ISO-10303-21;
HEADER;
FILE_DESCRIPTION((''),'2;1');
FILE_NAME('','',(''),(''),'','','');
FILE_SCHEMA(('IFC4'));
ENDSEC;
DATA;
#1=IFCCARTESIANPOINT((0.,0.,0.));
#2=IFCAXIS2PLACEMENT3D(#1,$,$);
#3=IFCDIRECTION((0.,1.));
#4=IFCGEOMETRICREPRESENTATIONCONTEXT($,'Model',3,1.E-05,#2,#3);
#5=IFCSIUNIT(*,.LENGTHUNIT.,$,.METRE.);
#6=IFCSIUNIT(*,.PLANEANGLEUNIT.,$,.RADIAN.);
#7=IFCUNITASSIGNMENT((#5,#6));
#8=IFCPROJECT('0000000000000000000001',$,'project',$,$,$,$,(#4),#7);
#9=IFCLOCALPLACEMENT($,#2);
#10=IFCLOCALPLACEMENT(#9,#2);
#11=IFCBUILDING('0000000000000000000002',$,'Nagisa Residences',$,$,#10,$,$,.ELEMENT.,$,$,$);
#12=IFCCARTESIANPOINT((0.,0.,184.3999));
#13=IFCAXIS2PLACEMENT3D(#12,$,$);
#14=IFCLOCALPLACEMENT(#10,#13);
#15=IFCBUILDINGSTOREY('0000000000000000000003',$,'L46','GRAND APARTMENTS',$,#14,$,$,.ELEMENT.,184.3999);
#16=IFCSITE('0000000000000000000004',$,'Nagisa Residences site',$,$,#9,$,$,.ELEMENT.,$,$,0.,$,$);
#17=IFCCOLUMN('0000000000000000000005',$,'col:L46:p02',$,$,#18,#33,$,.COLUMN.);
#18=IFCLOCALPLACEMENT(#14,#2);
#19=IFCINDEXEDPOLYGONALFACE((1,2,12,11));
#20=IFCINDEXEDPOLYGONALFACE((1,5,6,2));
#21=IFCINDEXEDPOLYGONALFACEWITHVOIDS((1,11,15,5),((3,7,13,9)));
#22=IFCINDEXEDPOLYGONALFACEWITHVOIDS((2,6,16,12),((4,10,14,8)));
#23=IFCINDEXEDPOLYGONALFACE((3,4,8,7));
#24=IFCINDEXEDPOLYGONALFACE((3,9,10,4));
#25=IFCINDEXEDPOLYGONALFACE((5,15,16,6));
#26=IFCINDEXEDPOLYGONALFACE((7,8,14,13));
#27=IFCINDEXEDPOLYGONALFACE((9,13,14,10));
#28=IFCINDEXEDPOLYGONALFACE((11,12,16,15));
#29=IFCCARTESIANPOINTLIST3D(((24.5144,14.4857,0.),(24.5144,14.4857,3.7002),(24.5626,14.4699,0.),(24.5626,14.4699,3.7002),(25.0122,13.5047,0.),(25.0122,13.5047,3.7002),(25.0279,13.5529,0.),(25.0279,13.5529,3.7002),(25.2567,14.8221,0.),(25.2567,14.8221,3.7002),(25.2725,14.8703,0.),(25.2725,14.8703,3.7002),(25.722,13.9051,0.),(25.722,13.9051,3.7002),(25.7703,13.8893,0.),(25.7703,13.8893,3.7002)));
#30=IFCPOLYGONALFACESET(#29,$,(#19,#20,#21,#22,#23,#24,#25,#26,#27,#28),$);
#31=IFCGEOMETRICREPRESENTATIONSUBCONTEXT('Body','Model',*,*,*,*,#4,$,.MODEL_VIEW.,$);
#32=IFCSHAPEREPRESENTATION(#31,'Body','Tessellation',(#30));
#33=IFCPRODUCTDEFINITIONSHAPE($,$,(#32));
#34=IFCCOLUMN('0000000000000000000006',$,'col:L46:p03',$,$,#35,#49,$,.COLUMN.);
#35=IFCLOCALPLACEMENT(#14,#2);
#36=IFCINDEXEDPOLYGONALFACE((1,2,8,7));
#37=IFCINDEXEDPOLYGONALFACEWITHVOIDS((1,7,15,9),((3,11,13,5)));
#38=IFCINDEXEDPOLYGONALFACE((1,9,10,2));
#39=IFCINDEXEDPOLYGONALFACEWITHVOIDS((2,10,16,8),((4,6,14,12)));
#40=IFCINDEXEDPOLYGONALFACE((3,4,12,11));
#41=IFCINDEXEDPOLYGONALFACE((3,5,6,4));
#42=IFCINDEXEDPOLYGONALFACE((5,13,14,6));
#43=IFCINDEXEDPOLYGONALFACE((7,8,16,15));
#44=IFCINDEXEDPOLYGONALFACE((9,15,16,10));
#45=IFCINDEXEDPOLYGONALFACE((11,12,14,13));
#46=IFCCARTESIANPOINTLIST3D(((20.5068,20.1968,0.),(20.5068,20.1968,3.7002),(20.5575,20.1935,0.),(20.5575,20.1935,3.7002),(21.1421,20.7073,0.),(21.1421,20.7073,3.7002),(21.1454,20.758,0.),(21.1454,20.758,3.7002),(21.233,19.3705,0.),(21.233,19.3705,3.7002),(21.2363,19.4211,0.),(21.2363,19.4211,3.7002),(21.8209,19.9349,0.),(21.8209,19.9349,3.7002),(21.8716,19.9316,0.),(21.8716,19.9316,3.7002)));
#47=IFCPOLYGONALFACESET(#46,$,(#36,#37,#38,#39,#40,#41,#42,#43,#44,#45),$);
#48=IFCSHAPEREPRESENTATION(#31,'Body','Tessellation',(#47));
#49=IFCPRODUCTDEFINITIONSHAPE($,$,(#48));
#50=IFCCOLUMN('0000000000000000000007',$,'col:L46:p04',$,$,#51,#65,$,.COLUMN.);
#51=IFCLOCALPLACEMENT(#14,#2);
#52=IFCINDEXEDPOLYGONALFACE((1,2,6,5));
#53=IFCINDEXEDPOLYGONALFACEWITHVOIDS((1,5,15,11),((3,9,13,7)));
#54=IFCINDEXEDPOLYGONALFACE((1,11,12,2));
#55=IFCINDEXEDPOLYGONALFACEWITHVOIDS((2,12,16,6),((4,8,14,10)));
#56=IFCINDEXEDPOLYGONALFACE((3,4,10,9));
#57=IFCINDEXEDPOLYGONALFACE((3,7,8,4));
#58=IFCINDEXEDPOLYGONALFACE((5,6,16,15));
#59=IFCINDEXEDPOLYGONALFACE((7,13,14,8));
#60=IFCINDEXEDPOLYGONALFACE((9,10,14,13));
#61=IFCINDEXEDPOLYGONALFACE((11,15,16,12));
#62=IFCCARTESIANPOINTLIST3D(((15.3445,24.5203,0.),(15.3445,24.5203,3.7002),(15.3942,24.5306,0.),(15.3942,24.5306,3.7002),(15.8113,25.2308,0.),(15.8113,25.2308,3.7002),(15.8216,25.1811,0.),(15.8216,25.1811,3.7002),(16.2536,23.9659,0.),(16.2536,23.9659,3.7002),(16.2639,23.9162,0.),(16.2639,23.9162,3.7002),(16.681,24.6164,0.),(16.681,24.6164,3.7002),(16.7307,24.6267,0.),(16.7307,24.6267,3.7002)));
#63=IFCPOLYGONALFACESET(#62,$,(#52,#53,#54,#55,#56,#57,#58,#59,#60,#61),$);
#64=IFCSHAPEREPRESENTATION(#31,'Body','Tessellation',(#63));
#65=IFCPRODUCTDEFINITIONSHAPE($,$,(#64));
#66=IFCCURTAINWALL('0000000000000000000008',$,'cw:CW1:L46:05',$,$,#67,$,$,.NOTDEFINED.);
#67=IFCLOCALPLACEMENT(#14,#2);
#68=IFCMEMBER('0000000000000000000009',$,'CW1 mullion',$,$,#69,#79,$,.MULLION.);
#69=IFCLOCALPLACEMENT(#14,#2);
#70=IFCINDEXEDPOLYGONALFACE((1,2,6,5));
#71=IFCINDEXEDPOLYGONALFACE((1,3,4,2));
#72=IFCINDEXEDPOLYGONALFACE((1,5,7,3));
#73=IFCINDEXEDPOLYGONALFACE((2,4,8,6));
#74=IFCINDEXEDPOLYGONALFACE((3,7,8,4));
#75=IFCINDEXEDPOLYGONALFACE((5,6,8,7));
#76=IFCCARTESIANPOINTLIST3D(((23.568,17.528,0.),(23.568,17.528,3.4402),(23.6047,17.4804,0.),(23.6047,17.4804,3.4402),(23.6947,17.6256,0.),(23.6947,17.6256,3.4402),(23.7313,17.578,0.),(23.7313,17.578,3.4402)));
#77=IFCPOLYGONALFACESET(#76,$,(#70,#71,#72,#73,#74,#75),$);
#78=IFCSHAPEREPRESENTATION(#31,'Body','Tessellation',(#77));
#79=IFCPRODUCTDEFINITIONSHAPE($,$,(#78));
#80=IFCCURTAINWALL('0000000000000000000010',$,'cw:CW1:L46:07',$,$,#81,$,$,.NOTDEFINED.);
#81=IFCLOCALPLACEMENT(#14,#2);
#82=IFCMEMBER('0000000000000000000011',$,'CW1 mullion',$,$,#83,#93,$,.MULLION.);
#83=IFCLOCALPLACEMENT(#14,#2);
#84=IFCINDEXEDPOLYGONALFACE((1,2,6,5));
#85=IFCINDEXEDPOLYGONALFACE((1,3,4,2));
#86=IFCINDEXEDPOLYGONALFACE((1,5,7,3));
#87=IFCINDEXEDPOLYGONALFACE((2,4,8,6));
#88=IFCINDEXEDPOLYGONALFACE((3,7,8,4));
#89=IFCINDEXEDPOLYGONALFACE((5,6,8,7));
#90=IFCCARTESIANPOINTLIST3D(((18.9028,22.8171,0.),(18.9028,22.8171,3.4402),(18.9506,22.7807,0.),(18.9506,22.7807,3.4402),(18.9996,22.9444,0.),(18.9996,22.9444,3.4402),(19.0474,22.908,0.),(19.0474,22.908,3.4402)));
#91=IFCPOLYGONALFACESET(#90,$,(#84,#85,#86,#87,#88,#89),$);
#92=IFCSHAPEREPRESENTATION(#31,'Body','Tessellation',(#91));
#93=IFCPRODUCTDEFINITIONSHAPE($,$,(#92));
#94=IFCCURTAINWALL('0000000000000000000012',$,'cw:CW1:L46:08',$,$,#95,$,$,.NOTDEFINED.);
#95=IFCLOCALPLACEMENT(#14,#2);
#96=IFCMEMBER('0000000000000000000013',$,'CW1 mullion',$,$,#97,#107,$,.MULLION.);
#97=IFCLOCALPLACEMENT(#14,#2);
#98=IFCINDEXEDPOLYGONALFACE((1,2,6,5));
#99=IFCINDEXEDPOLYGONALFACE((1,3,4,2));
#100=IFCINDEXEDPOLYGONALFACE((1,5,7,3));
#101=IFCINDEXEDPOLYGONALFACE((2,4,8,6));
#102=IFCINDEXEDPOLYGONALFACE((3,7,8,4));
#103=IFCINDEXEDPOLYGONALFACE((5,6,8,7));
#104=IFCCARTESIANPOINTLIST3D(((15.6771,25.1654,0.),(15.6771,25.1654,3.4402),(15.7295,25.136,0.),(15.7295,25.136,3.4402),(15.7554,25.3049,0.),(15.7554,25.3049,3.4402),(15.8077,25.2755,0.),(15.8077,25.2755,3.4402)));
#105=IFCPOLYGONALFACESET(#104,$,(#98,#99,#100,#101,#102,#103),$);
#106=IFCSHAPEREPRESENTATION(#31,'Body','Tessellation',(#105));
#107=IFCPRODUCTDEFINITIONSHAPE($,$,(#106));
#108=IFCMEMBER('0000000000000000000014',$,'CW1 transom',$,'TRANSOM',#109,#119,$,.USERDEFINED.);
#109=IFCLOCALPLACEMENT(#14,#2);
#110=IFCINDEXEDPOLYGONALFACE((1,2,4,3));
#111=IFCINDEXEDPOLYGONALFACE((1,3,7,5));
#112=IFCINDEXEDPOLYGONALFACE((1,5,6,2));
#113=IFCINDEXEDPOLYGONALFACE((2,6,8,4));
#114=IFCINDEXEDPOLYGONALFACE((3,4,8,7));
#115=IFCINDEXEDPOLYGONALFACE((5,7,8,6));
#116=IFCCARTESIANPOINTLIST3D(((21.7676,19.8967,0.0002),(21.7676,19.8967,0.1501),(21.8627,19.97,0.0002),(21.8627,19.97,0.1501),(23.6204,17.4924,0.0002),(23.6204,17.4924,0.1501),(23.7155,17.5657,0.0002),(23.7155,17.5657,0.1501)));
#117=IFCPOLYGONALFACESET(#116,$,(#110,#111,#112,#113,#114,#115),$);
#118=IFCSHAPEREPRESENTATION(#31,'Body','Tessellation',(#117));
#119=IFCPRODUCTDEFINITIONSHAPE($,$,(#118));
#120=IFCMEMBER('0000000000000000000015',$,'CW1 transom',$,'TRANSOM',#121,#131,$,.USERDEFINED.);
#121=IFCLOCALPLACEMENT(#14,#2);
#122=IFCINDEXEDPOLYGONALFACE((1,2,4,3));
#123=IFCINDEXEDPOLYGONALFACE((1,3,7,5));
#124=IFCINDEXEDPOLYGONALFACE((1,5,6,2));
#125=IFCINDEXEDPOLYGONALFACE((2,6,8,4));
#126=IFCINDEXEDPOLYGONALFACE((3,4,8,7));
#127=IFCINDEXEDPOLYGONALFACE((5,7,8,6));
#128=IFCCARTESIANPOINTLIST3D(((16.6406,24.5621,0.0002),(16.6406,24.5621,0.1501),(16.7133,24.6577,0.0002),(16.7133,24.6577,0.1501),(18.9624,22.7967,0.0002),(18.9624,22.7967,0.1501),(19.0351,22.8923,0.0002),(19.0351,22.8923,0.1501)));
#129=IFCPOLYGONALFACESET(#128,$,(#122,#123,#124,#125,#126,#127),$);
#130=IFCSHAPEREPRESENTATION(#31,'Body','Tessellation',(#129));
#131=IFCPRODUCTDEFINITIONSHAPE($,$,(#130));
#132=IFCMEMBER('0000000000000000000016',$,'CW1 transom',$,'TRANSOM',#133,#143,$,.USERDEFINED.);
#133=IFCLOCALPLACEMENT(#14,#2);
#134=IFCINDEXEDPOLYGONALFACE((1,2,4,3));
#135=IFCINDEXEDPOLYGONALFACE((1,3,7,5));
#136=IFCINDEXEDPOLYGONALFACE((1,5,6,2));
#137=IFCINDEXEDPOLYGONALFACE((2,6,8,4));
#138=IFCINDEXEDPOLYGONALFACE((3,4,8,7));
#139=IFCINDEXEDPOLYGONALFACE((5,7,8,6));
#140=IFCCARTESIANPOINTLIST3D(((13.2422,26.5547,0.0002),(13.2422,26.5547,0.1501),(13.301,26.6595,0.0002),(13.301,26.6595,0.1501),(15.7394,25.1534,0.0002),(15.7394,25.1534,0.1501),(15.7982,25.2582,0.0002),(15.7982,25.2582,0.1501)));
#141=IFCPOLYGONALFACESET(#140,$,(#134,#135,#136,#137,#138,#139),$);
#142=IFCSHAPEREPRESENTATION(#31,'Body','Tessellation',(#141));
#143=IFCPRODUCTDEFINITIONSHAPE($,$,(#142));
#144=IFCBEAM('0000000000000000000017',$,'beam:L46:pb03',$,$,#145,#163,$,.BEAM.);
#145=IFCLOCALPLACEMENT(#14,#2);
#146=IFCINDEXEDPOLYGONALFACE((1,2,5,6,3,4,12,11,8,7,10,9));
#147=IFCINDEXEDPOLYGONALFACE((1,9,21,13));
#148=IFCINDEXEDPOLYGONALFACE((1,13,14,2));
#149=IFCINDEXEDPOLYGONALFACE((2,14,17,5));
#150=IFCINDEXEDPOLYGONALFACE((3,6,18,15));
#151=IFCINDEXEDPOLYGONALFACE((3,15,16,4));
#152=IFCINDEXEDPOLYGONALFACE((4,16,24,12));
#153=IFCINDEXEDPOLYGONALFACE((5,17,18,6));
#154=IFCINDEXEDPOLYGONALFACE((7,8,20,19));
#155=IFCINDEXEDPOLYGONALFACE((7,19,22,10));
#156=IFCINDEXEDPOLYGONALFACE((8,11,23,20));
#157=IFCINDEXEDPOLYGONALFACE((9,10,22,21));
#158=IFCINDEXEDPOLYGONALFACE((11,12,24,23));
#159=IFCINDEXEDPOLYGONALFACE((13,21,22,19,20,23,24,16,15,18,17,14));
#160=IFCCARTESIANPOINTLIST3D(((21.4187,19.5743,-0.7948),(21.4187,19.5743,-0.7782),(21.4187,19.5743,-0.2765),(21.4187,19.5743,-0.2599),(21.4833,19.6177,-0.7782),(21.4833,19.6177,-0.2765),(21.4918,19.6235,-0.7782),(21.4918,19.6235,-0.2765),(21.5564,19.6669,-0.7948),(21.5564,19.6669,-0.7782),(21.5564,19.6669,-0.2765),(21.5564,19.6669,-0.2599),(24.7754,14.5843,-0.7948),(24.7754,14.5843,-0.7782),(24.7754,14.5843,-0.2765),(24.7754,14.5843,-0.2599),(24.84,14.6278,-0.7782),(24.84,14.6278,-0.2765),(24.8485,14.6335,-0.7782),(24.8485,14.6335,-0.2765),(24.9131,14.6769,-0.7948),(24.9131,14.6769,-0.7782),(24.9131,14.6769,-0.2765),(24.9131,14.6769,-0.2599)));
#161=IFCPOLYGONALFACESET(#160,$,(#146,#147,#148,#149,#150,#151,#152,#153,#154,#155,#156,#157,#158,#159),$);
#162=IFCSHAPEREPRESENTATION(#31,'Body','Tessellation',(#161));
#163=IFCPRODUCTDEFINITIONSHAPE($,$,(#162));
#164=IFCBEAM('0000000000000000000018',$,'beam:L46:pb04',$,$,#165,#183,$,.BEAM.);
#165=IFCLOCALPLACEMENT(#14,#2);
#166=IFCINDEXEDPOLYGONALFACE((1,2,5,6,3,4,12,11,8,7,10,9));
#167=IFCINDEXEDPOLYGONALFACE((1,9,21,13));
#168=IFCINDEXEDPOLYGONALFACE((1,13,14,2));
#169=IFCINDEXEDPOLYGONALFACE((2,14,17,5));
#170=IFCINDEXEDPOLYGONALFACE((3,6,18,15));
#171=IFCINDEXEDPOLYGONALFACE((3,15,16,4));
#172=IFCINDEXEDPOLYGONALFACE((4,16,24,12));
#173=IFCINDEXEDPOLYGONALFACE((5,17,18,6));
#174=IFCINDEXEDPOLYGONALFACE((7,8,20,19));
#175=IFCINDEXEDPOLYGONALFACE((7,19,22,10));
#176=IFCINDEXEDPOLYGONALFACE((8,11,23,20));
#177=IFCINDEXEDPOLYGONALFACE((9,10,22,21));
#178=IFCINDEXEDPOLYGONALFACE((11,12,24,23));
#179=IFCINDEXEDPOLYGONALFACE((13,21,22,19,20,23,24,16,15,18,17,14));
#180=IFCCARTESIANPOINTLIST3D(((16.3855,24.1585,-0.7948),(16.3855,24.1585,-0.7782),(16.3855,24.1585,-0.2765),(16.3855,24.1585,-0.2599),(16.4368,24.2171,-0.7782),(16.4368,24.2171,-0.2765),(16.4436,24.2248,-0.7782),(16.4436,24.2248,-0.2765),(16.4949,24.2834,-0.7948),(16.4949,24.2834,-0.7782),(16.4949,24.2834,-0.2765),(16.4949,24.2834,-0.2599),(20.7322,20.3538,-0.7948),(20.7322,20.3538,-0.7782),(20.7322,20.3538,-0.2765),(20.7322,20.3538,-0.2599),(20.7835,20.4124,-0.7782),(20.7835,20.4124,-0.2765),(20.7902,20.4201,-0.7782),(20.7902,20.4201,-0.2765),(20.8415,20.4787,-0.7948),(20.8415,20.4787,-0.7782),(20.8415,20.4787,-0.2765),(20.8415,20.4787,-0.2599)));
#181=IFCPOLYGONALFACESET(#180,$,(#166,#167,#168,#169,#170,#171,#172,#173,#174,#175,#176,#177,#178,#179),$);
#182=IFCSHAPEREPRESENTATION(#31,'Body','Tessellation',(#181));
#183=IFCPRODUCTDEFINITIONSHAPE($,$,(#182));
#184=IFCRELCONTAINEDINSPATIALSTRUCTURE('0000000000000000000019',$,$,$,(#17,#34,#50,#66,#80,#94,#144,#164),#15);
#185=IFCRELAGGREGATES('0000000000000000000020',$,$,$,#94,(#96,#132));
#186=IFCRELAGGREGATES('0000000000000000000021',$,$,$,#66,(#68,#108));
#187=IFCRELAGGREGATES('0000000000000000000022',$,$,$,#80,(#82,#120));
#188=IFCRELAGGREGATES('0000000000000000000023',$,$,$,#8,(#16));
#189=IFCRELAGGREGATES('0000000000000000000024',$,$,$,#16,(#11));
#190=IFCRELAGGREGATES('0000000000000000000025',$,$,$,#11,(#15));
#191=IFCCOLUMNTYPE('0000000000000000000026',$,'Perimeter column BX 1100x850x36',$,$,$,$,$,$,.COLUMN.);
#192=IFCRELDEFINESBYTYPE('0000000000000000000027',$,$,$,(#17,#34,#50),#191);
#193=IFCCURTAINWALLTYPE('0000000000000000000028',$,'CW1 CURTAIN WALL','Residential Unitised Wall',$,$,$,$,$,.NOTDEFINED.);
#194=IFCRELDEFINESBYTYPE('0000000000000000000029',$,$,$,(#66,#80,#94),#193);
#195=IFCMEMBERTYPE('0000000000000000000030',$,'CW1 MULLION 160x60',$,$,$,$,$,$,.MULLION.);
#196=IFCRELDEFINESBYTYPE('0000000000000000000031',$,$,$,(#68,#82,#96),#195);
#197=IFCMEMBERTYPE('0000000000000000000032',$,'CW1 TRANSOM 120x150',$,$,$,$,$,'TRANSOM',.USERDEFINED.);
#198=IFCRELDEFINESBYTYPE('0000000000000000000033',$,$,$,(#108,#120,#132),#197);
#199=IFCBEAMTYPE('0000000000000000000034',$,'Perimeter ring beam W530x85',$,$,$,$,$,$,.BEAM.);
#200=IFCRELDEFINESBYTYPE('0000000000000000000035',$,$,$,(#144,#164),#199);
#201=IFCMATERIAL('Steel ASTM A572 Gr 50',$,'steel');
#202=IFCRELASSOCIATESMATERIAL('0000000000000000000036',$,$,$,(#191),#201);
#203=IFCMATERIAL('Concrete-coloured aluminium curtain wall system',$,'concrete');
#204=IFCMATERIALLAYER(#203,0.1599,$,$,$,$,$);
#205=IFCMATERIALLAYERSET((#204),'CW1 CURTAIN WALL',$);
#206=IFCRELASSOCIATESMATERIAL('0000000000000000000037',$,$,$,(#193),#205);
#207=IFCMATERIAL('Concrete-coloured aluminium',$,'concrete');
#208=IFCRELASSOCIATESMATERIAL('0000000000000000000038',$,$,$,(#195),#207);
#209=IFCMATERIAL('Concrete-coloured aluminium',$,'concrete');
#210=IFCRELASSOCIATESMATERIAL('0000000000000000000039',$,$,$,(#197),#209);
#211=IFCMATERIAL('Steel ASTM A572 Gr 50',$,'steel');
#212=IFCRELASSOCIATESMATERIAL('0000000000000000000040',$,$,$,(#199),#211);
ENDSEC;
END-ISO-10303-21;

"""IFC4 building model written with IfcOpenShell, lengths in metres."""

from ifc_helpers import new_model, si_unit, direction, frame, origin, origin_2d, place, context, subcontext, project, spatial, rectangle, hollow_rectangle, i_section, extrude, material, layer, layer_set, material_profile, profile_set, type_object, element, aggregate, save


model = new_model("IFC4")

# Units and contexts
model_context = context("Model", 3, precision=1e-05, world=origin(), true_north=direction((0.0, 1.0)))
body_context = subcontext(model_context, "Body", "Model", "MODEL_VIEW")
ifc_project = project(units=[si_unit("LENGTHUNIT", "METRE"), si_unit("PLANEANGLEUNIT", "RADIAN")], contexts=[model_context])

# Site, building, storey
site_placement = place(None, origin())
site = spatial("IfcSite", under=ifc_project, at=site_placement, Name="Nagisa Residences site", CompositionType="ELEMENT", RefElevation=0.0)
building_placement = place(site_placement, origin())
building = spatial("IfcBuilding", under=site, at=building_placement, Name="Nagisa Residences", CompositionType="ELEMENT")
storey_placement = place(building_placement, frame((0.0, 0.0, 184.3999)))
storey = spatial("IfcBuildingStorey", under=building, at=storey_placement, Name="L46", Description="GRAND APARTMENTS", CompositionType="ELEMENT", Elevation=184.3999)

# Columns
ifc_material_1 = material(Name="Steel ASTM A572 Gr 50", Category="steel")
ifc_material_profile_1 = material_profile(ifc_material_1, hollow_rectangle(XDim=1.1001, YDim=0.8501, WallThickness=0.0359, at=origin_2d()), Name="BX 1100x850x36")
ifc_profile_set_1 = profile_set([ifc_material_profile_1], Name="Steel ASTM A572 Gr 50")
column_type = type_object("IfcColumnType", Name="Perimeter column BX 1100x850x36", PredefinedType="COLUMN", material=ifc_profile_set_1)
for number, where, z_axis, x_axis, name in (
    (1, (25.1423, 14.1875, 0.0), (0.0, 0.0, 1.0), (-0.452463, 0.891783, 0.0), "col:L46:p02"),
    (2, (21.1892, 20.0642, 0.0), (0.0, 0.0, 1.0), (-0.660115, 0.751165, 0.0), "col:L46:p03"),
    (3, (16.0376, 24.5735, 0.0), (0.0, 0.0, 1.0), (-0.835766, 0.549086, 0.0), "col:L46:p04"),
):
    element("IfcColumn", number, at=place(storey_placement, frame(where, z_axis=z_axis, x_axis=x_axis)), inside=storey, type_object=column_type, Name=name, PredefinedType="COLUMN", context=body_context, shape_type="SweptSolid", body=[
        extrude(hollow_rectangle(XDim=1.1001, YDim=0.8501, WallThickness=0.0359, at=origin_2d()), origin(), (0.0, 0.0, 1.0), 3.7002),
    ])

# Curtain walls, members
ifc_material_2 = material(Name="Concrete-coloured aluminium curtain wall system", Category="concrete")
ifc_layer_1 = layer(ifc_material_2, 0.1599)
ifc_layer_set_1 = layer_set([ifc_layer_1], Name="CW1 CURTAIN WALL")
curtain_wall_type = type_object("IfcCurtainWallType", Name="CW1 CURTAIN WALL", Description="Residential Unitised Wall", PredefinedType="NOTDEFINED", material=ifc_layer_set_1)
curtain_wall_1_placement = place(storey_placement, origin())
curtain_wall_1 = element("IfcCurtainWall", 4, at=curtain_wall_1_placement, inside=storey, type_object=curtain_wall_type, Name="cw:CW1:L46:05", PredefinedType="NOTDEFINED")
ifc_material_3 = material(Name="Concrete-coloured aluminium", Category="concrete")
ifc_material_profile_2 = material_profile(ifc_material_3, rectangle(XDim=0.1599, YDim=0.0601, at=origin_2d()), Name="CW1 MULLION 160x60")
ifc_profile_set_2 = profile_set([ifc_material_profile_2], Name="Concrete-coloured aluminium")
member_type_1 = type_object("IfcMemberType", Name="CW1 MULLION 160x60", PredefinedType="MULLION", material=ifc_profile_set_2)
member_1_placement = place(storey_placement, frame((23.6497, 17.553, 0.0), z_axis=(0.0, 0.0, 1.0), x_axis=(-0.79207, -0.61043, 0.0)))
member_1 = element("IfcMember", 5, at=member_1_placement, type_object=member_type_1, Name="CW1 mullion", PredefinedType="MULLION", context=body_context, shape_type="SweptSolid", body=[
    extrude(rectangle(XDim=0.1599, YDim=0.0601, at=origin_2d()), origin(), (0.0, 0.0, 1.0), 3.4402),
])
curtain_wall_2_placement = place(storey_placement, origin())
curtain_wall_2 = element("IfcCurtainWall", 6, at=curtain_wall_2_placement, inside=storey, type_object=curtain_wall_type, Name="cw:CW1:L46:07", PredefinedType="NOTDEFINED")
member_2_placement = place(storey_placement, frame((18.9751, 22.8625, 0.0), z_axis=(0.0, 0.0, 1.0), x_axis=(-0.605255, -0.796031, 0.0)))
member_2 = element("IfcMember", 7, at=member_2_placement, type_object=member_type_1, Name="CW1 mullion", PredefinedType="MULLION", context=body_context, shape_type="SweptSolid", body=[
    extrude(rectangle(XDim=0.1599, YDim=0.0601, at=origin_2d()), origin(), (0.0, 0.0, 1.0), 3.4402),
])
curtain_wall_3_placement = place(storey_placement, origin())
curtain_wall_3 = element("IfcCurtainWall", 8, at=curtain_wall_3_placement, inside=storey, type_object=curtain_wall_type, Name="cw:CW1:L46:08", PredefinedType="NOTDEFINED")
member_3_placement = place(storey_placement, frame((15.7424, 25.2205, 0.0), z_axis=(0.0, 0.0, 1.0), x_axis=(-0.489377, -0.872072, 0.0)))
member_3 = element("IfcMember", 9, at=member_3_placement, type_object=member_type_1, Name="CW1 mullion", PredefinedType="MULLION", context=body_context, shape_type="SweptSolid", body=[
    extrude(rectangle(XDim=0.1599, YDim=0.0601, at=origin_2d()), origin(), (0.0, 0.0, 1.0), 3.4402),
])

# Members
ifc_material_4 = material(Name="Concrete-coloured aluminium", Category="concrete")
ifc_material_profile_3 = material_profile(ifc_material_4, rectangle(XDim=0.1201, YDim=0.1499, at=origin_2d()), Name="CW1 TRANSOM 120x150")
ifc_profile_set_3 = profile_set([ifc_material_profile_3], Name="Concrete-coloured aluminium")
member_type_2 = type_object("IfcMemberType", Name="CW1 TRANSOM 120x150", ElementType="TRANSOM", PredefinedType="USERDEFINED", material=ifc_profile_set_3)
member_4_placement = place(storey_placement, frame((23.668, 17.5291, 0.0752), z_axis=(-0.610399, 0.792094, 0.0), x_axis=(-0.792094, -0.610399, 0.0)))
member_4 = element("IfcMember", 10, at=member_4_placement, type_object=member_type_2, Name="CW1 transom", ObjectType="TRANSOM", PredefinedType="USERDEFINED", context=body_context, shape_type="SweptSolid", body=[
    extrude(rectangle(XDim=0.1201, YDim=0.1499, at=origin_2d()), origin(), (0.0, 0.0, 1.0), 3.0354),
])
member_5_placement = place(storey_placement, frame((18.9988, 22.8445, 0.0752), z_axis=(-0.796025, 0.605264, 0.0), x_axis=(-0.605264, -0.796025, 0.0)))
member_5 = element("IfcMember", 11, at=member_5_placement, type_object=member_type_2, Name="CW1 transom", ObjectType="TRANSOM", PredefinedType="USERDEFINED", context=body_context, shape_type="SweptSolid", body=[
    extrude(rectangle(XDim=0.1201, YDim=0.1499, at=origin_2d()), origin(), (0.0, 0.0, 1.0), 2.9167),
])
member_6_placement = place(storey_placement, frame((15.7688, 25.2058, 0.0752), z_axis=(-0.872078, 0.489366, 0.0), x_axis=(-0.489366, -0.872078, 0.0)))
member_6 = element("IfcMember", 12, at=member_6_placement, type_object=member_type_2, Name="CW1 transom", ObjectType="TRANSOM", PredefinedType="USERDEFINED", context=body_context, shape_type="SweptSolid", body=[
    extrude(rectangle(XDim=0.1201, YDim=0.1499, at=origin_2d()), origin(), (0.0, 0.0, 1.0), 2.8635),
])
aggregate(curtain_wall_3, [member_3, member_6])

# Beams
ifc_material_5 = material(Name="Steel ASTM A572 Gr 50", Category="steel")
ifc_material_profile_4 = material_profile(ifc_material_5, i_section(OverallWidth=0.166, OverallDepth=0.5349, WebThickness=0.0103, FlangeThickness=0.0166, at=origin_2d()), Name="W530x85")
ifc_profile_set_4 = profile_set([ifc_material_profile_4], Name="Steel ASTM A572 Gr 50")
beam_type_1 = type_object("IfcBeamType", Name="Perimeter ring beam W530x85", PredefinedType="BEAM", material=ifc_profile_set_4)
beam_1_placement = place(storey_placement, frame((24.8442, 14.6306, -0.5273), z_axis=(-0.558152, 0.829739, 0.0), x_axis=(-0.829739, -0.558152, 0.0)))
element("IfcBeam", 13, at=beam_1_placement, inside=storey, type_object=beam_type_1, Name="beam:L46:pb03", PredefinedType="BEAM", context=body_context, shape_type="SweptSolid", body=[
    extrude(i_section(OverallWidth=0.166, OverallDepth=0.5349, WebThickness=0.0103, FlangeThickness=0.0166, at=origin_2d()), origin(), (0.0, 0.0, 1.0), 6.0139),
])
beam_2_placement = place(storey_placement, frame((20.7869, 20.4163, -0.5273), z_axis=(-0.752461, 0.658636, 0.0), x_axis=(-0.658636, -0.752461, 0.0)))
element("IfcBeam", 14, at=beam_2_placement, inside=storey, type_object=beam_type_1, Name="beam:L46:pb04", PredefinedType="BEAM", context=body_context, shape_type="SweptSolid", body=[
    extrude(i_section(OverallWidth=0.166, OverallDepth=0.5349, WebThickness=0.0103, FlangeThickness=0.0166, at=origin_2d()), origin(), (0.0, 0.0, 1.0), 5.7766),
])

aggregate(curtain_wall_1, [member_1, member_4])
aggregate(curtain_wall_2, [member_2, member_5])

save(model, "model.ifc")
